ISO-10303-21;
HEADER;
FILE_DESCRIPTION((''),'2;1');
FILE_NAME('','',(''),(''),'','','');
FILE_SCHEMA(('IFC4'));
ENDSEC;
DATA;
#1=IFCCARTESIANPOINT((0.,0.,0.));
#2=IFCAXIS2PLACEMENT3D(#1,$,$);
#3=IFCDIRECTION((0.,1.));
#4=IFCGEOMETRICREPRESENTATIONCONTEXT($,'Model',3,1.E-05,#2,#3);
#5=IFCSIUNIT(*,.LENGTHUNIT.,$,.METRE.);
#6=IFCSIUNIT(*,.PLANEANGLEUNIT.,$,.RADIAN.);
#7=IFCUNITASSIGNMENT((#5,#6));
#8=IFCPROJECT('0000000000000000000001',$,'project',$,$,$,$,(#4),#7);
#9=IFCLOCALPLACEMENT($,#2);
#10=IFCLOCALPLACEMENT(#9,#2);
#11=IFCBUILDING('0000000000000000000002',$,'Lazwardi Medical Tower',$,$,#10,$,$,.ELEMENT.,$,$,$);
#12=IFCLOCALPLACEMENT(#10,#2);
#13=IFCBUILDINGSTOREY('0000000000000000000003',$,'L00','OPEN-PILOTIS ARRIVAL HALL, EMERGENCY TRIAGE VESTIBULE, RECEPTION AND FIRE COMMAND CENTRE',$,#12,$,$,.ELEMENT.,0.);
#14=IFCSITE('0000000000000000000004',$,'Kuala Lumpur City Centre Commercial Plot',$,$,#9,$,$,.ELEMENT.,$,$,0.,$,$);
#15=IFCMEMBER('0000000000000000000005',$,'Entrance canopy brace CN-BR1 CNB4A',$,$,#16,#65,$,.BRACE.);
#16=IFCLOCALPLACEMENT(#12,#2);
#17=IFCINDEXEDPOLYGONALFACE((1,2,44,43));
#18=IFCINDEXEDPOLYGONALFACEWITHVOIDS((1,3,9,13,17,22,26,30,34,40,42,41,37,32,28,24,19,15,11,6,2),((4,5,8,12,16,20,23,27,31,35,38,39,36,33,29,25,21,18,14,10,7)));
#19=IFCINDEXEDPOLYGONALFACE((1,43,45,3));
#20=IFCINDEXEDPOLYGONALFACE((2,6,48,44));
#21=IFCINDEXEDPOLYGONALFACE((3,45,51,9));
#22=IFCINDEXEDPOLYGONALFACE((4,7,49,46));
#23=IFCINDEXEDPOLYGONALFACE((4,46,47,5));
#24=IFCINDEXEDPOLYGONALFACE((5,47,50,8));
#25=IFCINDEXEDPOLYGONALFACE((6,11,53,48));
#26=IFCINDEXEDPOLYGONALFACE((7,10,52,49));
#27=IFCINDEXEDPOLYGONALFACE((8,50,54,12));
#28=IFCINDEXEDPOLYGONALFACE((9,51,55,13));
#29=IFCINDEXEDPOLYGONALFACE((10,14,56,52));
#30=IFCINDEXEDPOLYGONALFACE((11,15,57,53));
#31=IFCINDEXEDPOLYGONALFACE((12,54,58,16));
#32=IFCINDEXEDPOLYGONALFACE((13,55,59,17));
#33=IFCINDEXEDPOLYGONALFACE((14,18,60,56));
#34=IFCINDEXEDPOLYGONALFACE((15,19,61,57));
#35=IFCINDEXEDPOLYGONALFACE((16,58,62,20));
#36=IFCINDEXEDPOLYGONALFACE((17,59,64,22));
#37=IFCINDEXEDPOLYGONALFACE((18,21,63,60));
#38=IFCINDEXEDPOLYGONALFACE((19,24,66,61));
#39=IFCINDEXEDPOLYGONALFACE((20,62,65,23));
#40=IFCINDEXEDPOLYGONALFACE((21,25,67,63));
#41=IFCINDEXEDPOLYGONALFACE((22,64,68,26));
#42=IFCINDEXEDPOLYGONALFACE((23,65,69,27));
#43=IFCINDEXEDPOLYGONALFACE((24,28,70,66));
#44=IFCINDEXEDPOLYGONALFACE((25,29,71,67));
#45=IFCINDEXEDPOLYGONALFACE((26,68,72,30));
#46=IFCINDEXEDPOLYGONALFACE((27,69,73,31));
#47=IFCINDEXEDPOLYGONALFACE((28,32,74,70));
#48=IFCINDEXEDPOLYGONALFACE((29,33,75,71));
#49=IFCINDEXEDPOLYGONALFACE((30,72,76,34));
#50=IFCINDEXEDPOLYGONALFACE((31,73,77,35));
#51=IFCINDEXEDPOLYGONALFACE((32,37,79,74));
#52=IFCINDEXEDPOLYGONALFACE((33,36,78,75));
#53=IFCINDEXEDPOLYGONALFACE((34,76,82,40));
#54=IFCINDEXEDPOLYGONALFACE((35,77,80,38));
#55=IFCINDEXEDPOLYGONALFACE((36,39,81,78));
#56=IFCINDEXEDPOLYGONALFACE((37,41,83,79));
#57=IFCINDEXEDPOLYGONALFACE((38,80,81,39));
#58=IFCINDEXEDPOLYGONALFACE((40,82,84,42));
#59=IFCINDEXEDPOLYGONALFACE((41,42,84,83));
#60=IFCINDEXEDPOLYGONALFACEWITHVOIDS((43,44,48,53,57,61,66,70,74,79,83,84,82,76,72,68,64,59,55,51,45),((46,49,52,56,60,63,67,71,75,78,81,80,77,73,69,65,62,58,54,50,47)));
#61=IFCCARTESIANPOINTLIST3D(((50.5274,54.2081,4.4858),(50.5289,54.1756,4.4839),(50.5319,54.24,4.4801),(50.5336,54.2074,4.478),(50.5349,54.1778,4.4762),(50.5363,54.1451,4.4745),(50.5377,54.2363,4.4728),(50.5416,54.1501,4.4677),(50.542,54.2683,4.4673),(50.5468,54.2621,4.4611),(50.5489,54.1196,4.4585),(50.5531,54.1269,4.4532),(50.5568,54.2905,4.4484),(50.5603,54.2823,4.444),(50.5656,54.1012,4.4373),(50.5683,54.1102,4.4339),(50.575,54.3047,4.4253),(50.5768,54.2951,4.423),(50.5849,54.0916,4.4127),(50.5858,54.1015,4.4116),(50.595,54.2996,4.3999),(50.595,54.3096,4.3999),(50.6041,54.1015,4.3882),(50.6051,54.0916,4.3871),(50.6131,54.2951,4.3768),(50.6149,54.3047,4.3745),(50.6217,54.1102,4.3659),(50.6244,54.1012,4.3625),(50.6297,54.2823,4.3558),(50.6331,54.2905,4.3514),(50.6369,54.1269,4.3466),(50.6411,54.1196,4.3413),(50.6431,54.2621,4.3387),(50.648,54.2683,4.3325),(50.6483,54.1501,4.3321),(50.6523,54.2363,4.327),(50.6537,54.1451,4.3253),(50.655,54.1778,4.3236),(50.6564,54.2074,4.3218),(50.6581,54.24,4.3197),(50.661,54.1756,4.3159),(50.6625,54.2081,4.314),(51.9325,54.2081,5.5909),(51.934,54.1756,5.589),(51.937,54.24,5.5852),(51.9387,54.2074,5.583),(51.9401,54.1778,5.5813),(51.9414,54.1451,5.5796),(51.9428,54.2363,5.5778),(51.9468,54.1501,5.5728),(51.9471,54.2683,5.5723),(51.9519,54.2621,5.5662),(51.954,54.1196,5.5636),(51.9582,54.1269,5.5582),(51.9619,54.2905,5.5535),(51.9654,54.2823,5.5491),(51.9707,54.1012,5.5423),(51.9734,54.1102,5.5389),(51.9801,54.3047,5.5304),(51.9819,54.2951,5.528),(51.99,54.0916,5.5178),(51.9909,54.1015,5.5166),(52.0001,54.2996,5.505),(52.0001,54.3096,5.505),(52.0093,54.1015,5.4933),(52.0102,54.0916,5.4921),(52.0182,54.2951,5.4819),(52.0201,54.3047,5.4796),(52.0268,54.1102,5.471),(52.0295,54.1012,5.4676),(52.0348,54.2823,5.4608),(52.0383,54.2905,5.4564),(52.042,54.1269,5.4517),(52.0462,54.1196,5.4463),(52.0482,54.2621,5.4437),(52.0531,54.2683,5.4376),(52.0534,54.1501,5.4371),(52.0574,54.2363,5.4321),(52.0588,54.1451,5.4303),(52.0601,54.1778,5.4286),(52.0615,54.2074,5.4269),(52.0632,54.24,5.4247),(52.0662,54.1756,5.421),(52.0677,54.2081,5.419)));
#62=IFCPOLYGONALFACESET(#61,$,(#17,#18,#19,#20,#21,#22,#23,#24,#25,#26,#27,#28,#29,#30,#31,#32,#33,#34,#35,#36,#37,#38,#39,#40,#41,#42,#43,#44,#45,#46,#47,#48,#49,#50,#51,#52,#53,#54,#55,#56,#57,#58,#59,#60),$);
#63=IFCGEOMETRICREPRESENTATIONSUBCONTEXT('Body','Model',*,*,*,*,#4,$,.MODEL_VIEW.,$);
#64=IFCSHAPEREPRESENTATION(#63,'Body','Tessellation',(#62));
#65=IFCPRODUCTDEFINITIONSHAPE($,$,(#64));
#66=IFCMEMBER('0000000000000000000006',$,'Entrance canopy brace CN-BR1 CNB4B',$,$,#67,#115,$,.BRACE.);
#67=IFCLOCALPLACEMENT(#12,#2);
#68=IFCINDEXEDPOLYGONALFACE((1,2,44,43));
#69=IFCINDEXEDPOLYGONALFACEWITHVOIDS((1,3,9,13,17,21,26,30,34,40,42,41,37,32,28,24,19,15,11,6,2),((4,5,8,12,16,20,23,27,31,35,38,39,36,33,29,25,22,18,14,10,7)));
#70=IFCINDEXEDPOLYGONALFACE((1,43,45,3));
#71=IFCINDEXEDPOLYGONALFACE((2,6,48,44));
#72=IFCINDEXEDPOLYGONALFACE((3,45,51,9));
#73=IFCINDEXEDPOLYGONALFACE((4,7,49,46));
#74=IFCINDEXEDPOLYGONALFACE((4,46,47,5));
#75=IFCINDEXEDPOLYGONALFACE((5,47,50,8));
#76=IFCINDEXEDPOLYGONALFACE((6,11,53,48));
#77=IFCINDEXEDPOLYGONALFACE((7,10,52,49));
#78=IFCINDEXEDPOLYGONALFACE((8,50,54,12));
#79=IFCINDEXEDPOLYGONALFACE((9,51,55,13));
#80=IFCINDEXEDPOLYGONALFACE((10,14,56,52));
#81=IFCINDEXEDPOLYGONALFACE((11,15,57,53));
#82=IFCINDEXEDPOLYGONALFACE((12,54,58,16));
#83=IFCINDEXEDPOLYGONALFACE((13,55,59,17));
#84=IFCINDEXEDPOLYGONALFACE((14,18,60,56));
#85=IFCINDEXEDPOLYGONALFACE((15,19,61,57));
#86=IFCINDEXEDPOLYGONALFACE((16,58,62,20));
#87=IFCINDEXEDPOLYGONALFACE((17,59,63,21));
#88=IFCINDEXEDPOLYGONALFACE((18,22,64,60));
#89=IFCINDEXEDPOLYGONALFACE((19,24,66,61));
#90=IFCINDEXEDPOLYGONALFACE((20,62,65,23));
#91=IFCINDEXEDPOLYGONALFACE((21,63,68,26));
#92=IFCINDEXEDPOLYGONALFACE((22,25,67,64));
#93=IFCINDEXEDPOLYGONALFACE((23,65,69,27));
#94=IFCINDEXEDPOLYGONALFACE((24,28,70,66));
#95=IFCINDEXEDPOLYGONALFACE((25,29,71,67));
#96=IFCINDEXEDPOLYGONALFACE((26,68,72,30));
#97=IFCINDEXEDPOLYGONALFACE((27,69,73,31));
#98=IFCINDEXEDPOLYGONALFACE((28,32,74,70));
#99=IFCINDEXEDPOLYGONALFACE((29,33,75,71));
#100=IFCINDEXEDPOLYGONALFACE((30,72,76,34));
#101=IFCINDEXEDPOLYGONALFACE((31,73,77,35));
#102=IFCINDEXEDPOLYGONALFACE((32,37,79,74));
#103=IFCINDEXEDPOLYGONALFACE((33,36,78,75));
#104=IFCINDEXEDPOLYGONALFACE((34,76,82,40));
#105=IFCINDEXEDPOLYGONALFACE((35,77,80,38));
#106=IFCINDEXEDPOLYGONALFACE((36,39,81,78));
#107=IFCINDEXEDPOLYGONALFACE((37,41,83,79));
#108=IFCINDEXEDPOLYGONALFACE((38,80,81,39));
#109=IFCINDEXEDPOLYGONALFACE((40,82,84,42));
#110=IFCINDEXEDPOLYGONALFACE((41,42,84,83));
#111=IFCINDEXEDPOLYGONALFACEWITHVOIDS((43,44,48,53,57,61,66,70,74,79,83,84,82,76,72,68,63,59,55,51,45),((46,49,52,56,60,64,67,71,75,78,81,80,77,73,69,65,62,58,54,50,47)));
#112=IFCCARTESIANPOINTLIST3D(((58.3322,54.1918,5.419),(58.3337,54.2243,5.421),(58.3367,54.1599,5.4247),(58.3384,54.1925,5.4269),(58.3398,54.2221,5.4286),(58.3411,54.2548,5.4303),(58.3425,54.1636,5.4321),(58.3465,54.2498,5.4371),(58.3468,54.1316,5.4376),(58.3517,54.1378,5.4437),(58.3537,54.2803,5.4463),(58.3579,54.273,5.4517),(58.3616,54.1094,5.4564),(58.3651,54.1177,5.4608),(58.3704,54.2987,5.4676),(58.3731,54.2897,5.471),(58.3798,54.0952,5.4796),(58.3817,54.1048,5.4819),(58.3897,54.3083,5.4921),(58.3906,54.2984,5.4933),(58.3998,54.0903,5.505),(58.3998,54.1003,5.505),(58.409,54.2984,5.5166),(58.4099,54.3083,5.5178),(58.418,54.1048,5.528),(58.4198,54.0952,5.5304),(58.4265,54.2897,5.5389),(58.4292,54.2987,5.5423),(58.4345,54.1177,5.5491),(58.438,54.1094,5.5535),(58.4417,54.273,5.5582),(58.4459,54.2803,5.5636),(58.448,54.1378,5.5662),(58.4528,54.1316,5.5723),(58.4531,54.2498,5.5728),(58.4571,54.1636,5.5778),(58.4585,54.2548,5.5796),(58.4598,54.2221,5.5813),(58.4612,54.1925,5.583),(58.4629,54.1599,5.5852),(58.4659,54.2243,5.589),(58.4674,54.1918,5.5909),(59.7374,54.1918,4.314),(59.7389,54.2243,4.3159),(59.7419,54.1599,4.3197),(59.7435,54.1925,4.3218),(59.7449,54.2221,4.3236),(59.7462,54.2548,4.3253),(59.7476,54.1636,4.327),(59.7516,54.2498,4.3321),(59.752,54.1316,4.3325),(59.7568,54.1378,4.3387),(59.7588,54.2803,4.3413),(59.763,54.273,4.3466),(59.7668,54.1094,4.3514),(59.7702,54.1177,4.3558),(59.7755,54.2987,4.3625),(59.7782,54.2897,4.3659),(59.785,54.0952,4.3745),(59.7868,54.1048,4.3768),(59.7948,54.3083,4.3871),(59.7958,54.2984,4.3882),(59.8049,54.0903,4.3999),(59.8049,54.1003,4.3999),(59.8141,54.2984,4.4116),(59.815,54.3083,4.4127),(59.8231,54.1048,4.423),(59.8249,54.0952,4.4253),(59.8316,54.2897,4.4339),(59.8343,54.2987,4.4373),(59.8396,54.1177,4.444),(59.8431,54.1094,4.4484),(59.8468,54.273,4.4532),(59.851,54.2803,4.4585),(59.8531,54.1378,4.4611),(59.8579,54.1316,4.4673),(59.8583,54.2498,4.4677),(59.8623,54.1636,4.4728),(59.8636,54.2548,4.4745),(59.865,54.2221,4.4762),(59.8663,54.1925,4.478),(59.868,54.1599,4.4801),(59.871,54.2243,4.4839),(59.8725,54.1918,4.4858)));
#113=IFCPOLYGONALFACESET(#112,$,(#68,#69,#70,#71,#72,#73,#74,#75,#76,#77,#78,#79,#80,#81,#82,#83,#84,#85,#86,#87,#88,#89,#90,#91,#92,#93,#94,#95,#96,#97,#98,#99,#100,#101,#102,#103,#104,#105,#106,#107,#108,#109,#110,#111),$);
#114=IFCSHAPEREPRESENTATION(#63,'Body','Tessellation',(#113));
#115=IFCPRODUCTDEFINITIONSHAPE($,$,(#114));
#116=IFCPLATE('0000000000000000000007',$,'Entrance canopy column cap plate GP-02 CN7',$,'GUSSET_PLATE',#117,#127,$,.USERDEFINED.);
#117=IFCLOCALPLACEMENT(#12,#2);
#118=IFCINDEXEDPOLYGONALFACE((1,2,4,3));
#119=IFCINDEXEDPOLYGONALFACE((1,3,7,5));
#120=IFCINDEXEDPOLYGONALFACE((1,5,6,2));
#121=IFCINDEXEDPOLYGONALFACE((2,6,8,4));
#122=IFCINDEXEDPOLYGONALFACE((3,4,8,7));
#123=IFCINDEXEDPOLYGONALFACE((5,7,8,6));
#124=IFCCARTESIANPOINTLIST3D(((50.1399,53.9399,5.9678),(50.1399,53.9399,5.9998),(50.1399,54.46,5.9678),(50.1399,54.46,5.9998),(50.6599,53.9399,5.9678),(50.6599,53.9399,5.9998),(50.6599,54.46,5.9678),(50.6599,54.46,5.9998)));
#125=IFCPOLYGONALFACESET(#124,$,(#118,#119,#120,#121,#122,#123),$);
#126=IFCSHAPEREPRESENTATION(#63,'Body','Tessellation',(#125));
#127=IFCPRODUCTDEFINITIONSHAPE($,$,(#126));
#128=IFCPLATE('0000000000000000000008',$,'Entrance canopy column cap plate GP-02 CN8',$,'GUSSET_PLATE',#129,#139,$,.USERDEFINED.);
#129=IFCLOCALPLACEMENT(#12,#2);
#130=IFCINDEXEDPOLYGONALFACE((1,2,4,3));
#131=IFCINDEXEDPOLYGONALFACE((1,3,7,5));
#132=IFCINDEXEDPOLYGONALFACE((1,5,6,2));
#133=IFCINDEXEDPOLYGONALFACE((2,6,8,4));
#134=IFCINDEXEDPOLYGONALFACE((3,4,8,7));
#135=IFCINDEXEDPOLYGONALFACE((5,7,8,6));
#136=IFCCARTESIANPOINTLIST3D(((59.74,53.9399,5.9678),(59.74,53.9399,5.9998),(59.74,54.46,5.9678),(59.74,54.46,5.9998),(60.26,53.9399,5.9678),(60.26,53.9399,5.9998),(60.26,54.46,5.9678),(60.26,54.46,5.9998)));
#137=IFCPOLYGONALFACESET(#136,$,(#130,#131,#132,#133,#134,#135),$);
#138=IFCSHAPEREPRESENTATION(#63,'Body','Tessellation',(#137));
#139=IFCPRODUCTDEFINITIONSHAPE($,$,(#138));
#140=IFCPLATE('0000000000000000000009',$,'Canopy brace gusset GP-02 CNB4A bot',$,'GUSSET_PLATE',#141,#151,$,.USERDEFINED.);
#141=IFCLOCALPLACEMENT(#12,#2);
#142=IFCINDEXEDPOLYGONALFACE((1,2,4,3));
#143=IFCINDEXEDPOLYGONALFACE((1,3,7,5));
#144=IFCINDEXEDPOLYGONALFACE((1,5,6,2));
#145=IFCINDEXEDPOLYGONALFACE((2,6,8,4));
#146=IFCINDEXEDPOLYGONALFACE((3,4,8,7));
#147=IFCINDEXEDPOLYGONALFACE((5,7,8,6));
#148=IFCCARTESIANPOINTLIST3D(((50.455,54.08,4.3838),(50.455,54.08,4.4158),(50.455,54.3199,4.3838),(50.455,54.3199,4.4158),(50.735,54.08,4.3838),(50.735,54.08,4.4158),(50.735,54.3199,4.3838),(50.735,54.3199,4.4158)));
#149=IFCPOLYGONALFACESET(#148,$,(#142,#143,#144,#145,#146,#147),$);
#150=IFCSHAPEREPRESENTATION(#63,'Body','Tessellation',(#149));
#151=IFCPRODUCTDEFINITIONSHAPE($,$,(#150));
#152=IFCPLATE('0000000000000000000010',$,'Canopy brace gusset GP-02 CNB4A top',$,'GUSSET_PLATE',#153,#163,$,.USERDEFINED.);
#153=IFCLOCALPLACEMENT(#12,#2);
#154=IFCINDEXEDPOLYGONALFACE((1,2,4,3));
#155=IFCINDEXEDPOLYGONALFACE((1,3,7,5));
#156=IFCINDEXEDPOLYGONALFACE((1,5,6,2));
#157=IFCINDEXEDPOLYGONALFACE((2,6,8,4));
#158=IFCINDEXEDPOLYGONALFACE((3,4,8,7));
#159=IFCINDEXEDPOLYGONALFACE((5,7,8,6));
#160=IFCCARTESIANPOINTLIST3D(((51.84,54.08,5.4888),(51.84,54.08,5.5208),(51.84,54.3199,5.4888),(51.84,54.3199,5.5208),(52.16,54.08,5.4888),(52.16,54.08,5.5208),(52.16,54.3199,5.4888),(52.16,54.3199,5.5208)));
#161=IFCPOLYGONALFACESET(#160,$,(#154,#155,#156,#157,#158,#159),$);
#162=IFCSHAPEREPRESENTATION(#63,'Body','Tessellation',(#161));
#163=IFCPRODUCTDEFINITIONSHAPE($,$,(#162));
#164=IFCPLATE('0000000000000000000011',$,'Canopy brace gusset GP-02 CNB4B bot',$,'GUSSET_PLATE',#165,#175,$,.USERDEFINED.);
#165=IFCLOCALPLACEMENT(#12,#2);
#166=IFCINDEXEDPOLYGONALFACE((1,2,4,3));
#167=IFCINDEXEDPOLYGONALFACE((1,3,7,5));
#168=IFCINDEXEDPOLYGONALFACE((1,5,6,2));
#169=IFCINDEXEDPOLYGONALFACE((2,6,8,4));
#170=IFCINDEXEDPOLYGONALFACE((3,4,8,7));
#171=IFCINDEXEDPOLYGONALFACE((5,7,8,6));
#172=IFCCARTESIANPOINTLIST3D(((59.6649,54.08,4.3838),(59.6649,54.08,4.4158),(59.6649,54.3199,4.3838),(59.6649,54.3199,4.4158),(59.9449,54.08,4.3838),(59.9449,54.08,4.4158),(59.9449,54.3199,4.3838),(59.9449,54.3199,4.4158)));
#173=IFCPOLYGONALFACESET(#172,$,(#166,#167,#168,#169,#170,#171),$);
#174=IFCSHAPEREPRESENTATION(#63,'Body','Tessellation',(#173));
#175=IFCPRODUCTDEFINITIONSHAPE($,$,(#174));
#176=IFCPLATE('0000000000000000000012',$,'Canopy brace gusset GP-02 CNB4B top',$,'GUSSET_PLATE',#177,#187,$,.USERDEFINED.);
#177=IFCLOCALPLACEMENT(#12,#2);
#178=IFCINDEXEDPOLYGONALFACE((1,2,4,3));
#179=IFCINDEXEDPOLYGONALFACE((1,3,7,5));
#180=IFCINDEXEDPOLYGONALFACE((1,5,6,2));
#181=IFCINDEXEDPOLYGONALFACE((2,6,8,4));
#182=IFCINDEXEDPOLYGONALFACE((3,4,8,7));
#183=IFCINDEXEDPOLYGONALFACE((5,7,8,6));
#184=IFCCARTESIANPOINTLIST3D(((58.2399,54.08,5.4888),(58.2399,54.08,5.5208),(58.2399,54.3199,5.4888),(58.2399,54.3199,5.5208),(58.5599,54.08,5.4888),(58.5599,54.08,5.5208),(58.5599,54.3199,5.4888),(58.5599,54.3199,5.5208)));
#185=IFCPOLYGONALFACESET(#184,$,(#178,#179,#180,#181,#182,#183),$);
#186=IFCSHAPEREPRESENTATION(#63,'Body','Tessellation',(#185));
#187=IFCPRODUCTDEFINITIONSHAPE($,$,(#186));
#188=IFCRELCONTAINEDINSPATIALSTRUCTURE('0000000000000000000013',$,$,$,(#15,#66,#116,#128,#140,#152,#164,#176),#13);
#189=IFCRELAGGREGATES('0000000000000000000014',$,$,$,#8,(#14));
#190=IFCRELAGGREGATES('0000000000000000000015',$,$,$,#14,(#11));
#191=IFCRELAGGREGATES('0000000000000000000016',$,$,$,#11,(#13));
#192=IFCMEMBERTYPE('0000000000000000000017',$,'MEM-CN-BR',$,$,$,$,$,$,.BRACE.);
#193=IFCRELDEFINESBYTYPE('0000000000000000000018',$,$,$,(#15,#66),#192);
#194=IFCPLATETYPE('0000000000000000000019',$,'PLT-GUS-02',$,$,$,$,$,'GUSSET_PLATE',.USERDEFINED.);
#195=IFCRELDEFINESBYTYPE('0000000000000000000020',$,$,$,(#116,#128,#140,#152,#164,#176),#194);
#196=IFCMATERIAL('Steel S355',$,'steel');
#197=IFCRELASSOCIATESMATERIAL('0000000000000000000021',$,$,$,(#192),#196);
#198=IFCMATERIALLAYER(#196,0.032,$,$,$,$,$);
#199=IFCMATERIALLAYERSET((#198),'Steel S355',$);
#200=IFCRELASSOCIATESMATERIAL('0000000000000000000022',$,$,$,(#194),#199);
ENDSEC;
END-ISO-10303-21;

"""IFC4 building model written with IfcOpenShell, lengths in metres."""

from ifc_helpers import new_model, si_unit, direction, frame, origin, origin_2d, place, context, subcontext, project, spatial, rectangle, hollow_circle, extrude, material, layer, layer_set, material_profile, profile_set, type_object, element, save


model = new_model("IFC4")

# Units and contexts
model_context = context("Model", 3, precision=1e-05, world=origin(), true_north=direction((0.0, 1.0)))
body_context = subcontext(model_context, "Body", "Model", "MODEL_VIEW")
ifc_project = project(units=[si_unit("LENGTHUNIT", "METRE"), si_unit("PLANEANGLEUNIT", "RADIAN")], contexts=[model_context])

# Site, building, storey
site_placement = place(None, origin())
site = spatial("IfcSite", under=ifc_project, at=site_placement, Name="Kuala Lumpur City Centre Commercial Plot", CompositionType="ELEMENT", RefElevation=0.0)
building_placement = place(site_placement, origin())
building = spatial("IfcBuilding", under=site, at=building_placement, Name="Lazwardi Medical Tower", CompositionType="ELEMENT")
storey_placement = place(building_placement, origin())
storey = spatial("IfcBuildingStorey", under=building, at=storey_placement, Name="L00", Description="OPEN-PILOTIS ARRIVAL HALL, EMERGENCY TRIAGE VESTIBULE, RECEPTION AND FIRE COMMAND CENTRE", CompositionType="ELEMENT", Elevation=0.0)

# Shared definitions
ifc_material_1 = material(Name="Steel S355", Category="steel")

# Members
ifc_material_profile_1 = material_profile(ifc_material_1, hollow_circle(Radius=0.1096, WallThickness=0.01, at=origin_2d()), Name="CHS 219.1x10")
ifc_profile_set_1 = profile_set([ifc_material_profile_1], Name="Steel S355")
member_type = type_object("IfcMemberType", Name="MEM-CN-BR", PredefinedType="BRACE", material=ifc_profile_set_1)
for number, where, z_axis, x_axis, name in (
    (1, (50.595, 54.2, 4.3999), (0.786039, 0.0, 0.618177), (0.0, 1.0, 0.0), "Entrance canopy brace CN-BR1 CNB4A"),
    (2, (59.8049, 54.2, 4.3999), (-0.786039, 0.0, 0.618177), (0.0, -1.0, 0.0), "Entrance canopy brace CN-BR1 CNB4B"),
):
    element("IfcMember", number, at=place(storey_placement, frame(where, z_axis=z_axis, x_axis=x_axis)), inside=storey, type_object=member_type, Name=name, PredefinedType="BRACE", context=body_context, shape_type="SweptSolid", body=[
        extrude(hollow_circle(Radius=0.1096, WallThickness=0.01, at=origin_2d()), origin(), (0.0, 0.0, 1.0), 1.7876),
    ])

# Plates
ifc_layer_1 = layer(ifc_material_1, 0.032)
ifc_layer_set_1 = layer_set([ifc_layer_1], Name="Steel S355")
plate_type = type_object("IfcPlateType", Name="PLT-GUS-02", ElementType="GUSSET_PLATE", PredefinedType="USERDEFINED", material=ifc_layer_set_1)
for number, where, z_axis, x_axis, name in (
    (3, (50.3999, 54.2, 5.9678), (0.0, 0.0, 1.0), (1.0, 0.0, 0.0), "Entrance canopy column cap plate GP-02 CN7"),
    (4, (60.0, 54.2, 5.9678), (0.0, 0.0, 1.0), (1.0, 0.0, 0.0), "Entrance canopy column cap plate GP-02 CN8"),
):
    element("IfcPlate", number, at=place(storey_placement, frame(where, z_axis=z_axis, x_axis=x_axis)), inside=storey, type_object=plate_type, Name=name, ObjectType="GUSSET_PLATE", PredefinedType="USERDEFINED", context=body_context, shape_type="SweptSolid", body=[
        extrude(rectangle(XDim=0.52, YDim=0.52, at=origin_2d()), origin(), (0.0, 0.0, 1.0), 0.032),
    ])
plate_1_placement = place(storey_placement, frame((50.595, 54.2, 4.3838), z_axis=(0.0, 0.0, 1.0), x_axis=(1.0, 0.0, 0.0)))
element("IfcPlate", 5, at=plate_1_placement, inside=storey, type_object=plate_type, Name="Canopy brace gusset GP-02 CNB4A bot", ObjectType="GUSSET_PLATE", PredefinedType="USERDEFINED", context=body_context, shape_type="SweptSolid", body=[
    extrude(rectangle(XDim=0.28, YDim=0.24, at=origin_2d()), origin(), (0.0, 0.0, 1.0), 0.032),
])
plate_2_placement = place(storey_placement, frame((52.0, 54.2, 5.4888), z_axis=(0.0, 0.0, 1.0), x_axis=(1.0, 0.0, 0.0)))
element("IfcPlate", 6, at=plate_2_placement, inside=storey, type_object=plate_type, Name="Canopy brace gusset GP-02 CNB4A top", ObjectType="GUSSET_PLATE", PredefinedType="USERDEFINED", context=body_context, shape_type="SweptSolid", body=[
    extrude(rectangle(XDim=0.3201, YDim=0.24, at=origin_2d()), origin(), (0.0, 0.0, 1.0), 0.032),
])
plate_3_placement = place(storey_placement, frame((59.8049, 54.2, 4.3838), z_axis=(0.0, 0.0, 1.0), x_axis=(1.0, 0.0, 0.0)))
element("IfcPlate", 7, at=plate_3_placement, inside=storey, type_object=plate_type, Name="Canopy brace gusset GP-02 CNB4B bot", ObjectType="GUSSET_PLATE", PredefinedType="USERDEFINED", context=body_context, shape_type="SweptSolid", body=[
    extrude(rectangle(XDim=0.28, YDim=0.24, at=origin_2d()), origin(), (0.0, 0.0, 1.0), 0.032),
])
plate_4_placement = place(storey_placement, frame((58.3999, 54.2, 5.4888), z_axis=(0.0, 0.0, 1.0), x_axis=(1.0, 0.0, 0.0)))
element("IfcPlate", 8, at=plate_4_placement, inside=storey, type_object=plate_type, Name="Canopy brace gusset GP-02 CNB4B top", ObjectType="GUSSET_PLATE", PredefinedType="USERDEFINED", context=body_context, shape_type="SweptSolid", body=[
    extrude(rectangle(XDim=0.3201, YDim=0.24, at=origin_2d()), origin(), (0.0, 0.0, 1.0), 0.032),
])

save(model, "model.ifc")
